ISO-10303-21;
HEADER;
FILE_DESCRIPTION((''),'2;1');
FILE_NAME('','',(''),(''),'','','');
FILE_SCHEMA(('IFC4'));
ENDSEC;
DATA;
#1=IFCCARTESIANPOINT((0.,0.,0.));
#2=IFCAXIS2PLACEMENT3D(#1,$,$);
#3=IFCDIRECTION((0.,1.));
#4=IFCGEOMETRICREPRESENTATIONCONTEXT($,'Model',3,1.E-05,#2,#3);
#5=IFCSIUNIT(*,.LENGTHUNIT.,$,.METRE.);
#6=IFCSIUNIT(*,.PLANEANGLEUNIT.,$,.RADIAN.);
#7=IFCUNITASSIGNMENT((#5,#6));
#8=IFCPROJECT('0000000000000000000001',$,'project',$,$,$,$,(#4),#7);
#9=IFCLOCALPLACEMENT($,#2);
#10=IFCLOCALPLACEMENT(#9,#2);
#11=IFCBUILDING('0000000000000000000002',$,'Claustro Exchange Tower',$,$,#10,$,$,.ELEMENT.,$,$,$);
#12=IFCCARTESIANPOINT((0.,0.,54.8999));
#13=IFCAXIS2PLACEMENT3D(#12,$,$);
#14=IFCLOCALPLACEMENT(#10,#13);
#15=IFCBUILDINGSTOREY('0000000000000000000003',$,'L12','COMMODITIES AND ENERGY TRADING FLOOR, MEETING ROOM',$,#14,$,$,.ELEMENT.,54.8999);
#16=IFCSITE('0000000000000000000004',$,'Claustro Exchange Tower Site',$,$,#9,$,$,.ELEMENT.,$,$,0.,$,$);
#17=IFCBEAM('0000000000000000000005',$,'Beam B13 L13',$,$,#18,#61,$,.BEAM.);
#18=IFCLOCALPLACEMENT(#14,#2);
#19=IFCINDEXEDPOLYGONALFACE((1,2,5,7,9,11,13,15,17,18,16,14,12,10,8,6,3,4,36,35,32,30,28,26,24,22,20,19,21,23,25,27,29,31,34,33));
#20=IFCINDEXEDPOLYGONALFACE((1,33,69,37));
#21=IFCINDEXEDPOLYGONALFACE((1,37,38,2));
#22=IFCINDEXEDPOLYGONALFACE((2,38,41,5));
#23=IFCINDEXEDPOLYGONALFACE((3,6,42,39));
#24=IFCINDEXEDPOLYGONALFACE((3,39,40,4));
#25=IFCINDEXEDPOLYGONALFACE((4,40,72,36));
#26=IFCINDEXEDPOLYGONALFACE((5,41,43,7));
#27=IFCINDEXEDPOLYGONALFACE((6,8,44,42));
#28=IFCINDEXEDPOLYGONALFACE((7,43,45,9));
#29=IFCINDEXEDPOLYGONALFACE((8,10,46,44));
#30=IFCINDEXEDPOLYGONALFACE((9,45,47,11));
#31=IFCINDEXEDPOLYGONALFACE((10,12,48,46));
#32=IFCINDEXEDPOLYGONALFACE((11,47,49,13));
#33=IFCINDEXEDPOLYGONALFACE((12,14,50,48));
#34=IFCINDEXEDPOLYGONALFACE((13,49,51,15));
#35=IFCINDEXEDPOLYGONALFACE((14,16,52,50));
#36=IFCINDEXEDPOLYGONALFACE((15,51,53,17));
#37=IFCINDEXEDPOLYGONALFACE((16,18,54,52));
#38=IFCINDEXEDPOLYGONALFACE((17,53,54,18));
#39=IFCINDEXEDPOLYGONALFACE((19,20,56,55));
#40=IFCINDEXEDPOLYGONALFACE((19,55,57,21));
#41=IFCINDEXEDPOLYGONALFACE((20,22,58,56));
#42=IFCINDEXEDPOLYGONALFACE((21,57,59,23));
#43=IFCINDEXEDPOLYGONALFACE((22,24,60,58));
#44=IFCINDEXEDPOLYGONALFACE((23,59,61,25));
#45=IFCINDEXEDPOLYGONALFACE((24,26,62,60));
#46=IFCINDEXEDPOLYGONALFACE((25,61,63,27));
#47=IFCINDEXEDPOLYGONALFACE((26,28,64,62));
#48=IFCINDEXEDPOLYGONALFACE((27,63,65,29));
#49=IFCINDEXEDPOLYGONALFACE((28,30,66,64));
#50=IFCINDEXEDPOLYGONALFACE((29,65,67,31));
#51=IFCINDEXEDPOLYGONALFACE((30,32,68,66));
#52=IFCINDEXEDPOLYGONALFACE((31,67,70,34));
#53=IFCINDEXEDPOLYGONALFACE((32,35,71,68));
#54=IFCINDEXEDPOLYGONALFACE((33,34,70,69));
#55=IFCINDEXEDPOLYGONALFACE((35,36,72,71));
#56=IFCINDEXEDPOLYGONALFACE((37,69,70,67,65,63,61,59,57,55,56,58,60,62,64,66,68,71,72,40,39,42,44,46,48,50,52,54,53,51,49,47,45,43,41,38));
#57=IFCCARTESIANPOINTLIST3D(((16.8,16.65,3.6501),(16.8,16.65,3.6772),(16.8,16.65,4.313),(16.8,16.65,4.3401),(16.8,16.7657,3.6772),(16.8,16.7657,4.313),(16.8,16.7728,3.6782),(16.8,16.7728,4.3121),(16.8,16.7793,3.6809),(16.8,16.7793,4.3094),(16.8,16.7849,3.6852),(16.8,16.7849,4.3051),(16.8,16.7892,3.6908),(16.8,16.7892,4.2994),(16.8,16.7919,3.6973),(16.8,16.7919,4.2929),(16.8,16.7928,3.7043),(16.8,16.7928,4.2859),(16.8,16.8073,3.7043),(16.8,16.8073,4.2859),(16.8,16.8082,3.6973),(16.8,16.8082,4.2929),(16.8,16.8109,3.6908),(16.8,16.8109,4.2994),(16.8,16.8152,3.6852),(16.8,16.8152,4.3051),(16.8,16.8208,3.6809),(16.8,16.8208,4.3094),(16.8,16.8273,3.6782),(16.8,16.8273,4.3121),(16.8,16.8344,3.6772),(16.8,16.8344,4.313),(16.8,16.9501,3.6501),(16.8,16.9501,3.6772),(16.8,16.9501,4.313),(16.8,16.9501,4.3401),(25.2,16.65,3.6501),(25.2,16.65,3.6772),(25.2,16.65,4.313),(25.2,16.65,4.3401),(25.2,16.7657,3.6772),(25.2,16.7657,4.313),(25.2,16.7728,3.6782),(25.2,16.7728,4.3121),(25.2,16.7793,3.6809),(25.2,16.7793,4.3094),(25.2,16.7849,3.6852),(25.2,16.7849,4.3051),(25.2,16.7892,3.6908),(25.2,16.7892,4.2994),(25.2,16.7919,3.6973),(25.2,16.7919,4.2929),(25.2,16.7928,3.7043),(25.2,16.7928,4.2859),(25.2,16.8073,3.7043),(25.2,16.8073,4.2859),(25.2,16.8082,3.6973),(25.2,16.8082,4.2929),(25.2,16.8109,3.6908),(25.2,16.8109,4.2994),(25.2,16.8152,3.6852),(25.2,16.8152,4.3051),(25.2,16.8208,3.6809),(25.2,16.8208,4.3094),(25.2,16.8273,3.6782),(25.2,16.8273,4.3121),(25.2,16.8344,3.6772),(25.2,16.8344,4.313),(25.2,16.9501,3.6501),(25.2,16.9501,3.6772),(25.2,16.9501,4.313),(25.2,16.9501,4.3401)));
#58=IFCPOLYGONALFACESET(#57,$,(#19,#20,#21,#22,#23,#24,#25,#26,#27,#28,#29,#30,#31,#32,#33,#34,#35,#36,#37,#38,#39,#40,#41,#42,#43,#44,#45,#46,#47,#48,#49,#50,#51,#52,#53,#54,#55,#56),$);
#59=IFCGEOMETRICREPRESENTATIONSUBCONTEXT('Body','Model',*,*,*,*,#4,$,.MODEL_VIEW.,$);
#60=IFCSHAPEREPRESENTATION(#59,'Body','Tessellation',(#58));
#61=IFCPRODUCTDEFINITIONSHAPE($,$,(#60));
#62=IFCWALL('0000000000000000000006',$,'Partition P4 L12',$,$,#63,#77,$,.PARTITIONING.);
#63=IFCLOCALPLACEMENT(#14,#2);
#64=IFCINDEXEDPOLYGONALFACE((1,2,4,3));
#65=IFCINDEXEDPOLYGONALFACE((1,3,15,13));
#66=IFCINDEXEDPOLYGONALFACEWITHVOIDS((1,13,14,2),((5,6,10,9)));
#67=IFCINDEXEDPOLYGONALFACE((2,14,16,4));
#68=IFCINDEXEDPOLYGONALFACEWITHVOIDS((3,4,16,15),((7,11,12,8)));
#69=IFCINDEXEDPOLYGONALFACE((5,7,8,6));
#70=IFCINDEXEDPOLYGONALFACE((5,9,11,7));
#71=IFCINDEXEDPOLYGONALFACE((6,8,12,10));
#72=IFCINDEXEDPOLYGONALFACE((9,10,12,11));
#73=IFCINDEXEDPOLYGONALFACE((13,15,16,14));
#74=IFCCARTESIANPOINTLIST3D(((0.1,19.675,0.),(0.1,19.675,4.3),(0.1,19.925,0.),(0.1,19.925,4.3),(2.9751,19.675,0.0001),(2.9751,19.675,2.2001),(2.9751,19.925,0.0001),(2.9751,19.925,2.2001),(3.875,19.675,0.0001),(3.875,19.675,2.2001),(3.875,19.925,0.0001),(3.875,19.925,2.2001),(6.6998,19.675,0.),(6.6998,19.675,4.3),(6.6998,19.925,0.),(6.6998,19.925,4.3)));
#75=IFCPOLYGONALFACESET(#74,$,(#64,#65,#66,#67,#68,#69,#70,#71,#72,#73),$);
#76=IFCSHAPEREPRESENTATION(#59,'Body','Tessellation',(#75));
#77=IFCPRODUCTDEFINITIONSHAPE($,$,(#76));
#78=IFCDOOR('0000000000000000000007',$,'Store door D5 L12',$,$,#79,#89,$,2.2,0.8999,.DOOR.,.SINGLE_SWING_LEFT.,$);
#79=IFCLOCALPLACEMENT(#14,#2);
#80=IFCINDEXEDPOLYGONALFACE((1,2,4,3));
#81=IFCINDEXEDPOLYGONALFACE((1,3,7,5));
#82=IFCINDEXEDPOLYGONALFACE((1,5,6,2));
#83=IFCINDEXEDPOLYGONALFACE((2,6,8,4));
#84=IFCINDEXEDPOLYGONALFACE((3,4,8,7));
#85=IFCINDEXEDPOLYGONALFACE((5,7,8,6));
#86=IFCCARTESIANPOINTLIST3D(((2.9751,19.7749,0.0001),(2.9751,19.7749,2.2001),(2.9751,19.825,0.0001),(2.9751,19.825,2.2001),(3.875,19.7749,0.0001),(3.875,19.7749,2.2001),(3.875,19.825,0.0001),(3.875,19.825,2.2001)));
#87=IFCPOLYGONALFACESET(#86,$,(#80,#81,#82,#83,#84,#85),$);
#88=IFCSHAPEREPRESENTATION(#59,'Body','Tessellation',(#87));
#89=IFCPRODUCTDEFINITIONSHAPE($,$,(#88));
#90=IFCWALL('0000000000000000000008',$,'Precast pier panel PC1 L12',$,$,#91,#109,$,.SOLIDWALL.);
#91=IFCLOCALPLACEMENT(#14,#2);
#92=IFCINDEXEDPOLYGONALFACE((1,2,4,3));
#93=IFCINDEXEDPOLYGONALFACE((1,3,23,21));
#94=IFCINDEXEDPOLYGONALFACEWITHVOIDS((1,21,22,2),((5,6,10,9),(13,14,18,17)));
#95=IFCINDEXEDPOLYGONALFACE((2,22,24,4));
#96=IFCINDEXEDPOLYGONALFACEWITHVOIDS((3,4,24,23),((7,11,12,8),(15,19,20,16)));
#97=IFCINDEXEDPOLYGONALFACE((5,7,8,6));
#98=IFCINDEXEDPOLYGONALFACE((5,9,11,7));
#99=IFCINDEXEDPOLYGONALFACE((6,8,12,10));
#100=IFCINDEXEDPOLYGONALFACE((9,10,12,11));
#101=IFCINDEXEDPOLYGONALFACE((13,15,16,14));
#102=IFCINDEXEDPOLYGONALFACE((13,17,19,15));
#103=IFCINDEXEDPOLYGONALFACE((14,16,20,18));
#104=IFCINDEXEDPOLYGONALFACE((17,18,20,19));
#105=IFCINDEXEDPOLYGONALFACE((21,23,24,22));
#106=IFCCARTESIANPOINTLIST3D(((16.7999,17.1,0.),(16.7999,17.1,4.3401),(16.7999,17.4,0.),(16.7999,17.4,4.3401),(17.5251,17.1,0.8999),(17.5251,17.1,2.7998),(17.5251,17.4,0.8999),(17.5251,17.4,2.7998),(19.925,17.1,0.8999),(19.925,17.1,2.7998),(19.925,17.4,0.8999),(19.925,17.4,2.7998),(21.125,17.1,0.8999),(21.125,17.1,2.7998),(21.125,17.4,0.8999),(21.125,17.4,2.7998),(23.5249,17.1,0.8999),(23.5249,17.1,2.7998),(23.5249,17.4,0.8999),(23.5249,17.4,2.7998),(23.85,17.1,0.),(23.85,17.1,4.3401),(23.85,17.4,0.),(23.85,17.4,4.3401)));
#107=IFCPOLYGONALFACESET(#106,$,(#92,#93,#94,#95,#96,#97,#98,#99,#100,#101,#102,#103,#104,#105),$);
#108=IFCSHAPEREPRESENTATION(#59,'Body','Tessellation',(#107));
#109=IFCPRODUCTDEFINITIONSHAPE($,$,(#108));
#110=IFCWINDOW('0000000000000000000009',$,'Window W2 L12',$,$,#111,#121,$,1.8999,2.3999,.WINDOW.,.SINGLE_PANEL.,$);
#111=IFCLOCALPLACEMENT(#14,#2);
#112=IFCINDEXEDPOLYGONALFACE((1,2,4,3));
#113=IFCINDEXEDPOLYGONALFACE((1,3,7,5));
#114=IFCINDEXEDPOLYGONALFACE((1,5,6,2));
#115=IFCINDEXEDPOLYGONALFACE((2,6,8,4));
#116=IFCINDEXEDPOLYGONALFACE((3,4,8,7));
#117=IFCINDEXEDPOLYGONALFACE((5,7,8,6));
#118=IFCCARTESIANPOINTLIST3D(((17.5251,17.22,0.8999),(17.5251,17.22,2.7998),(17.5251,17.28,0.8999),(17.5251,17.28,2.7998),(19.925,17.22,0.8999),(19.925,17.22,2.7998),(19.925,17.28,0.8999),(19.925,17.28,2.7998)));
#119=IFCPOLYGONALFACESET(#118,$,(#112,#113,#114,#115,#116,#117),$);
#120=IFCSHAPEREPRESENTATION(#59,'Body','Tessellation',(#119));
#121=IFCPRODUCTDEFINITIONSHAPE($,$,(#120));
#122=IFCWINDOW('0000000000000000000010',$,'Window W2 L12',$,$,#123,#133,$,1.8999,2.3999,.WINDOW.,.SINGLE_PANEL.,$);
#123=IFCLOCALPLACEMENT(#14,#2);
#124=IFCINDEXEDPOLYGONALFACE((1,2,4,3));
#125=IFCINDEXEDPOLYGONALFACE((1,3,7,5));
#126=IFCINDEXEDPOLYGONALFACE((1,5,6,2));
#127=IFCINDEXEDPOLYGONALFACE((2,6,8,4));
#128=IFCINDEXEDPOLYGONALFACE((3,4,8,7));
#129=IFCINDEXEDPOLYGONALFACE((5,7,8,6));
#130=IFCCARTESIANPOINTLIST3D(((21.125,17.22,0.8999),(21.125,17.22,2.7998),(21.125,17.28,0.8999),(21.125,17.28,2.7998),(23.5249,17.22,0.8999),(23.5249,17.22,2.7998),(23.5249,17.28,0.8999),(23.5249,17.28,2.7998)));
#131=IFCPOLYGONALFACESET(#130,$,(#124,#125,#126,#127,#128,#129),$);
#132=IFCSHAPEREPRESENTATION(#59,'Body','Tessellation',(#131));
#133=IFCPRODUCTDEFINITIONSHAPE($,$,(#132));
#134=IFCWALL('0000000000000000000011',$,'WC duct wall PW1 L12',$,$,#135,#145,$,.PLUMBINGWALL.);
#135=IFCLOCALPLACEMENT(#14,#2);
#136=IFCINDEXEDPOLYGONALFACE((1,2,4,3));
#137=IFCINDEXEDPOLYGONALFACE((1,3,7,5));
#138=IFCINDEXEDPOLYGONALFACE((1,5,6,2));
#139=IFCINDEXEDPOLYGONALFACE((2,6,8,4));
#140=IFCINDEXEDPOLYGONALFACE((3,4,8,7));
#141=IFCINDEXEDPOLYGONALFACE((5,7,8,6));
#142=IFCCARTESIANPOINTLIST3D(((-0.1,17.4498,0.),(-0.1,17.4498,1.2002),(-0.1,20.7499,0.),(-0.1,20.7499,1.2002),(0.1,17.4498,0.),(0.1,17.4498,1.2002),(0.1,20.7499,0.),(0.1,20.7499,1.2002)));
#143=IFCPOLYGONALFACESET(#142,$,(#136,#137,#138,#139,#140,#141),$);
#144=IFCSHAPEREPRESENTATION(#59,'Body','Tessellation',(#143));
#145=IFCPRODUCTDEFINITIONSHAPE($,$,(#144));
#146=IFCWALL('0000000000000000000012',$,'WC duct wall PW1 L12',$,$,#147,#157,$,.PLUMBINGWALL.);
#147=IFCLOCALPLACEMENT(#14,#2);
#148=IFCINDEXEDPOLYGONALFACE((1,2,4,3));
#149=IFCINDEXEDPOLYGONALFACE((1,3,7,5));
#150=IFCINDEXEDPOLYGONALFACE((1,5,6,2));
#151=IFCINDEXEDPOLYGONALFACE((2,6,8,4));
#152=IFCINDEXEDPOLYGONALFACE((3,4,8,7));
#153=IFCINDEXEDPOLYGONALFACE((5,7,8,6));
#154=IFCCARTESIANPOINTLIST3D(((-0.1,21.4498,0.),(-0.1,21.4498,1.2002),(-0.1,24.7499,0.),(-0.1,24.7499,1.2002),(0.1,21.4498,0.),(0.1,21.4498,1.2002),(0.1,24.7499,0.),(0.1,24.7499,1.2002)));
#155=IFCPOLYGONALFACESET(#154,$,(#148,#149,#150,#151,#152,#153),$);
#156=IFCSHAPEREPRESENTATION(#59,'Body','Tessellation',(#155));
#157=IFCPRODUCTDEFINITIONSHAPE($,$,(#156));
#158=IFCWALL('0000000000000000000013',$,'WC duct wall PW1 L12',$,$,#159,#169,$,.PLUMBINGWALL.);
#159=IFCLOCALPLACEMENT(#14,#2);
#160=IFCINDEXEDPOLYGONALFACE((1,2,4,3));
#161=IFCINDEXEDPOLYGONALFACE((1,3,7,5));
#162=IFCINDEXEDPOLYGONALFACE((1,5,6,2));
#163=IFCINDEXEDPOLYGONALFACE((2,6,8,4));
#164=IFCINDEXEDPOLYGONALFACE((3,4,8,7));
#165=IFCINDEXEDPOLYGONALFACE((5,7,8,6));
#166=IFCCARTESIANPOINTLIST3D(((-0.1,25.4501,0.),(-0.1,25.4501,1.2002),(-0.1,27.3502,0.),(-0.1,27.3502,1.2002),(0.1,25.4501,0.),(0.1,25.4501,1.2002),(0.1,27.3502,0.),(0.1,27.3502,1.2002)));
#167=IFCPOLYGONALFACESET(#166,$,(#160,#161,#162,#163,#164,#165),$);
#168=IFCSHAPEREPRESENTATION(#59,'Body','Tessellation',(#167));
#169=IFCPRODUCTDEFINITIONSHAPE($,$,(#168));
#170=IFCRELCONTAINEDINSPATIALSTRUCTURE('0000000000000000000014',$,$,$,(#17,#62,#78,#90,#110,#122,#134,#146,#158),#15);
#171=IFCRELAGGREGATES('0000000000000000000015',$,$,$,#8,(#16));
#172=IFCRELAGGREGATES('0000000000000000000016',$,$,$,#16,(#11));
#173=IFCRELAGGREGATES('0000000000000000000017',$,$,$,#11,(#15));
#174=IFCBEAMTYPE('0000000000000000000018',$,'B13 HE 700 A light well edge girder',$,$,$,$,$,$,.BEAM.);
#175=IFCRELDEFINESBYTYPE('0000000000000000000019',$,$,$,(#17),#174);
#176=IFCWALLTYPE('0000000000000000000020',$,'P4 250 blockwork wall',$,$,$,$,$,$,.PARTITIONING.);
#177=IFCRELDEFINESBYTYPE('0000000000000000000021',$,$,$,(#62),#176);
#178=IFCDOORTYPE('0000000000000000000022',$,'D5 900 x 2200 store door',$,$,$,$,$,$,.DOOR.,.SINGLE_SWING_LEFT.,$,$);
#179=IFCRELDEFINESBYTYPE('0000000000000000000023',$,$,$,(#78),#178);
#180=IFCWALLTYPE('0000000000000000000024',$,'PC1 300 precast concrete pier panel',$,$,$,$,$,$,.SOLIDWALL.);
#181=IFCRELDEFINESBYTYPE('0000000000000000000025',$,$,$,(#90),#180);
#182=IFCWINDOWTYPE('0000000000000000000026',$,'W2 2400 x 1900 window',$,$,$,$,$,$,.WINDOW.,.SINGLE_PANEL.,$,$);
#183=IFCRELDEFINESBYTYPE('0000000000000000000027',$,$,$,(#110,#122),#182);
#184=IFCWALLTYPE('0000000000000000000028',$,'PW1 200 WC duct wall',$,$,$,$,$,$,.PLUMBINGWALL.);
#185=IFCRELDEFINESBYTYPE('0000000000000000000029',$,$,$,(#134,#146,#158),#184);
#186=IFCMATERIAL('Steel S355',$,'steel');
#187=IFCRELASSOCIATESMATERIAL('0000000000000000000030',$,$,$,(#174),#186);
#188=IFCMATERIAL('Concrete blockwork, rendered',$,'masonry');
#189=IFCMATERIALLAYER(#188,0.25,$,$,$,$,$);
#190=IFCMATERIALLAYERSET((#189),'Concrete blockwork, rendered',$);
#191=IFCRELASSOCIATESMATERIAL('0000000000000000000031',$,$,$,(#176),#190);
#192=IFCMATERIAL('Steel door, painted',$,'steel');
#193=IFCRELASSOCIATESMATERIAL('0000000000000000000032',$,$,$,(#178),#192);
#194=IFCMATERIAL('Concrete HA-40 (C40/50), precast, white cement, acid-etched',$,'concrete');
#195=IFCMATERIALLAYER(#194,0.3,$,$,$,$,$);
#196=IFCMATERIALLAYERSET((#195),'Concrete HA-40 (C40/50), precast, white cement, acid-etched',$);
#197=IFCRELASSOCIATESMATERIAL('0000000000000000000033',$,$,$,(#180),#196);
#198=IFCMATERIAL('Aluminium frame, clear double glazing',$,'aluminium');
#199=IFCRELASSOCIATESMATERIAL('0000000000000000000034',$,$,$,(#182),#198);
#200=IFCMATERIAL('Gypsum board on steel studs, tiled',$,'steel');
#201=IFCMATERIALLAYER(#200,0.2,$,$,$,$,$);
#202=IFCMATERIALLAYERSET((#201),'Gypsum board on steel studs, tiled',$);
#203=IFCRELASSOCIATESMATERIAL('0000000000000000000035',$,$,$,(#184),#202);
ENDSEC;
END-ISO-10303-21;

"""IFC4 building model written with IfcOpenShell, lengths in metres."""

from ifc_helpers import new_model, si_unit, direction, frame, frame_2d, origin, origin_2d, place, context, subcontext, project, spatial, rectangle, i_section, extrude, material, layer, layer_set, material_profile, profile_set, type_object, element, fill, save


model = new_model("IFC4")

# Units and contexts
model_context = context("Model", 3, precision=1e-05, world=origin(), true_north=direction((0.0, 1.0)))
body_context = subcontext(model_context, "Body", "Model", "MODEL_VIEW")
ifc_project = project(units=[si_unit("LENGTHUNIT", "METRE"), si_unit("PLANEANGLEUNIT", "RADIAN")], contexts=[model_context])

# Site, building, storey
site_placement = place(None, origin())
site = spatial("IfcSite", under=ifc_project, at=site_placement, Name="Claustro Exchange Tower Site", CompositionType="ELEMENT", RefElevation=0.0)
building_placement = place(site_placement, origin())
building = spatial("IfcBuilding", under=site, at=building_placement, Name="Claustro Exchange Tower", CompositionType="ELEMENT")
storey_placement = place(building_placement, frame((0.0, 0.0, 54.8999)))
storey = spatial("IfcBuildingStorey", under=building, at=storey_placement, Name="L12", Description="COMMODITIES AND ENERGY TRADING FLOOR, MEETING ROOM", CompositionType="ELEMENT", Elevation=54.8999)

# Beam
ifc_material_1 = material(Name="Steel S355", Category="steel")
ifc_material_profile = material_profile(ifc_material_1, i_section(OverallWidth=0.3, OverallDepth=0.6899, WebThickness=0.0144, FlangeThickness=0.0271, FilletRadius=0.0271, at=origin_2d()), Name="HE 700 A")
ifc_profile_set = profile_set([ifc_material_profile], Name="Steel S355")
beam_type = type_object("IfcBeamType", Name="B13 HE 700 A light well edge girder", PredefinedType="BEAM", material=ifc_profile_set)
beam_placement = place(storey_placement, frame((16.8, 16.8, 3.9951), z_axis=(1.0, 0.0, 0.0), x_axis=(0.0, 1.0, 0.0)))
element("IfcBeam", 1, at=beam_placement, inside=storey, type_object=beam_type, Name="Beam B13 L13", PredefinedType="BEAM", context=body_context, shape_type="SweptSolid", body=[
    extrude(i_section(OverallWidth=0.3, OverallDepth=0.6899, WebThickness=0.0144, FlangeThickness=0.0271, FilletRadius=0.0271, at=origin_2d()), origin(), (0.0, 0.0, 1.0), 8.3999),
])

# Wall, opening, door
ifc_material_2 = material(Name="Concrete blockwork, rendered", Category="masonry")
ifc_layer_1 = layer(ifc_material_2, 0.25)
ifc_layer_set_1 = layer_set([ifc_layer_1], Name="Concrete blockwork, rendered")
wall_type_1 = type_object("IfcWallType", Name="P4 250 blockwork wall", PredefinedType="PARTITIONING", material=ifc_layer_set_1)
wall_1_placement = place(storey_placement, frame((0.1001, 19.8, 0.0), z_axis=(0.0, 0.0, 1.0), x_axis=(1.0, 0.0, 0.0)))
wall_1 = element("IfcWall", 2, at=wall_1_placement, inside=storey, type_object=wall_type_1, Name="Partition P4 L12", PredefinedType="PARTITIONING", context=body_context, shape_type="SweptSolid", body=[
    extrude(rectangle(XDim=6.5999, YDim=0.25, at=frame_2d((3.2998, 0.0))), origin(), (0.0, 0.0, 1.0), 4.3),
])
opening_1_placement = place(wall_1_placement, frame((2.875, 0.0, 0.0)))
opening_1 = element("IfcOpeningElement", 3, at=opening_1_placement, cuts=wall_1, PredefinedType="OPENING", context=body_context, shape_type="SweptSolid", body=[
    extrude(rectangle(XDim=0.8999, YDim=2.2, at=frame_2d((0.45, 1.1001))), frame((0.0, 0.135, 0.0), z_axis=(0.0, -1.0, 0.0), x_axis=(1.0, 0.0, 0.0)), (0.0, 0.0, 1.0), 0.27),
])
ifc_material_3 = material(Name="Steel door, painted", Category="steel")
door_type = type_object("IfcDoorType", Name="D5 900 x 2200 store door", OperationType="SINGLE_SWING_LEFT", PredefinedType="DOOR", material=ifc_material_3)
door_placement = place(opening_1_placement, origin())
door = element("IfcDoor", 4, at=door_placement, inside=storey, type_object=door_type, Name="Store door D5 L12", OperationType="SINGLE_SWING_LEFT", OverallHeight=2.2, OverallWidth=0.8999, PredefinedType="DOOR", context=body_context, shape_type="SweptSolid", body=[
    extrude(rectangle(XDim=0.8999, YDim=2.2, at=frame_2d((0.45, 1.1001))), frame((0.0, 0.0249, 0.0), z_axis=(0.0, -1.0, 0.0), x_axis=(1.0, 0.0, 0.0)), (0.0, 0.0, 1.0), 0.05),
])
fill(opening_1, door)

# Wall, openings, windows
ifc_material_4 = material(Name="Concrete HA-40 (C40/50), precast, white cement, acid-etched", Category="concrete")
ifc_layer_2 = layer(ifc_material_4, 0.3)
ifc_layer_set_2 = layer_set([ifc_layer_2], Name="Concrete HA-40 (C40/50), precast, white cement, acid-etched")
wall_type_2 = type_object("IfcWallType", Name="PC1 300 precast concrete pier panel", PredefinedType="SOLIDWALL", material=ifc_layer_set_2)
wall_2_placement = place(storey_placement, frame((16.8, 17.25, 0.0), z_axis=(0.0, 0.0, 1.0), x_axis=(1.0, 0.0, 0.0)))
wall_2 = element("IfcWall", 5, at=wall_2_placement, inside=storey, type_object=wall_type_2, Name="Precast pier panel PC1 L12", PredefinedType="SOLIDWALL", context=body_context, shape_type="SweptSolid", body=[
    extrude(rectangle(XDim=7.05, YDim=0.3, at=frame_2d((3.5249, 0.0))), origin(), (0.0, 0.0, 1.0), 4.3401),
])
opening_2_placement = place(wall_2_placement, frame((0.7251, 0.0, 0.8999)))
opening_2 = element("IfcOpeningElement", 6, at=opening_2_placement, cuts=wall_2, PredefinedType="OPENING", context=body_context, shape_type="SweptSolid", body=[
    extrude(rectangle(XDim=2.3999, YDim=1.8999, at=frame_2d((1.2, 0.95))), frame((0.0, 0.1599, 0.0), z_axis=(0.0, -1.0, 0.0), x_axis=(1.0, 0.0, 0.0)), (0.0, 0.0, 1.0), 0.3201),
])
opening_3_placement = place(wall_2_placement, frame((4.325, 0.0, 0.8999)))
opening_3 = element("IfcOpeningElement", 7, at=opening_3_placement, cuts=wall_2, PredefinedType="OPENING", context=body_context, shape_type="SweptSolid", body=[
    extrude(rectangle(XDim=2.3999, YDim=1.8999, at=frame_2d((1.2, 0.95))), frame((0.0, 0.1599, 0.0), z_axis=(0.0, -1.0, 0.0), x_axis=(1.0, 0.0, 0.0)), (0.0, 0.0, 1.0), 0.3201),
])
ifc_material_5 = material(Name="Aluminium frame, clear double glazing", Category="aluminium")
window_type = type_object("IfcWindowType", Name="W2 2400 x 1900 window", PartitioningType="SINGLE_PANEL", PredefinedType="WINDOW", material=ifc_material_5)
window_1_placement = place(opening_2_placement, origin())
window_1 = element("IfcWindow", 8, at=window_1_placement, inside=storey, type_object=window_type, Name="Window W2 L12", OverallHeight=1.8999, OverallWidth=2.3999, PartitioningType="SINGLE_PANEL", PredefinedType="WINDOW", context=body_context, shape_type="SweptSolid", body=[
    extrude(rectangle(XDim=2.3999, YDim=1.8999, at=frame_2d((1.2, 0.95))), frame((0.0, 0.03, 0.0), z_axis=(0.0, -1.0, 0.0), x_axis=(1.0, 0.0, 0.0)), (0.0, 0.0, 1.0), 0.0601),
])
fill(opening_2, window_1)
window_2_placement = place(opening_3_placement, origin())
window_2 = element("IfcWindow", 9, at=window_2_placement, inside=storey, type_object=window_type, Name="Window W2 L12", OverallHeight=1.8999, OverallWidth=2.3999, PartitioningType="SINGLE_PANEL", PredefinedType="WINDOW", context=body_context, shape_type="SweptSolid", body=[
    extrude(rectangle(XDim=2.3999, YDim=1.8999, at=frame_2d((1.2, 0.95))), frame((0.0, 0.03, 0.0), z_axis=(0.0, -1.0, 0.0), x_axis=(1.0, 0.0, 0.0)), (0.0, 0.0, 1.0), 0.0601),
])
fill(opening_3, window_2)

# Walls
ifc_material_6 = material(Name="Gypsum board on steel studs, tiled", Category="steel")
ifc_layer_3 = layer(ifc_material_6, 0.2)
ifc_layer_set_3 = layer_set([ifc_layer_3], Name="Gypsum board on steel studs, tiled")
wall_type_3 = type_object("IfcWallType", Name="PW1 200 WC duct wall", PredefinedType="PLUMBINGWALL", material=ifc_layer_set_3)
for number, where, z_axis, x_axis, name in (
    (10, (0.0, 17.45, 0.0), (0.0, 0.0, 1.0), (0.0, 1.0, 0.0), "WC duct wall PW1 L12"),
    (11, (0.0, 21.45, 0.0), (0.0, 0.0, 1.0), (0.0, 1.0, 0.0), "WC duct wall PW1 L12"),
):
    element("IfcWall", number, at=place(storey_placement, frame(where, z_axis=z_axis, x_axis=x_axis)), inside=storey, type_object=wall_type_3, Name=name, PredefinedType="PLUMBINGWALL", context=body_context, shape_type="SweptSolid", body=[
        extrude(rectangle(XDim=3.3, YDim=0.2, at=frame_2d((1.6499, 0.0))), origin(), (0.0, 0.0, 1.0), 1.2002),
    ])
wall_3_placement = place(storey_placement, frame((0.0, 25.45, 0.0), z_axis=(0.0, 0.0, 1.0), x_axis=(0.0, 1.0, 0.0)))
element("IfcWall", 12, at=wall_3_placement, inside=storey, type_object=wall_type_3, Name="WC duct wall PW1 L12", PredefinedType="PLUMBINGWALL", context=body_context, shape_type="SweptSolid", body=[
    extrude(rectangle(XDim=1.9001, YDim=0.2, at=frame_2d((0.9502, 0.0))), origin(), (0.0, 0.0, 1.0), 1.2002),
])

save(model, "model.ifc")
